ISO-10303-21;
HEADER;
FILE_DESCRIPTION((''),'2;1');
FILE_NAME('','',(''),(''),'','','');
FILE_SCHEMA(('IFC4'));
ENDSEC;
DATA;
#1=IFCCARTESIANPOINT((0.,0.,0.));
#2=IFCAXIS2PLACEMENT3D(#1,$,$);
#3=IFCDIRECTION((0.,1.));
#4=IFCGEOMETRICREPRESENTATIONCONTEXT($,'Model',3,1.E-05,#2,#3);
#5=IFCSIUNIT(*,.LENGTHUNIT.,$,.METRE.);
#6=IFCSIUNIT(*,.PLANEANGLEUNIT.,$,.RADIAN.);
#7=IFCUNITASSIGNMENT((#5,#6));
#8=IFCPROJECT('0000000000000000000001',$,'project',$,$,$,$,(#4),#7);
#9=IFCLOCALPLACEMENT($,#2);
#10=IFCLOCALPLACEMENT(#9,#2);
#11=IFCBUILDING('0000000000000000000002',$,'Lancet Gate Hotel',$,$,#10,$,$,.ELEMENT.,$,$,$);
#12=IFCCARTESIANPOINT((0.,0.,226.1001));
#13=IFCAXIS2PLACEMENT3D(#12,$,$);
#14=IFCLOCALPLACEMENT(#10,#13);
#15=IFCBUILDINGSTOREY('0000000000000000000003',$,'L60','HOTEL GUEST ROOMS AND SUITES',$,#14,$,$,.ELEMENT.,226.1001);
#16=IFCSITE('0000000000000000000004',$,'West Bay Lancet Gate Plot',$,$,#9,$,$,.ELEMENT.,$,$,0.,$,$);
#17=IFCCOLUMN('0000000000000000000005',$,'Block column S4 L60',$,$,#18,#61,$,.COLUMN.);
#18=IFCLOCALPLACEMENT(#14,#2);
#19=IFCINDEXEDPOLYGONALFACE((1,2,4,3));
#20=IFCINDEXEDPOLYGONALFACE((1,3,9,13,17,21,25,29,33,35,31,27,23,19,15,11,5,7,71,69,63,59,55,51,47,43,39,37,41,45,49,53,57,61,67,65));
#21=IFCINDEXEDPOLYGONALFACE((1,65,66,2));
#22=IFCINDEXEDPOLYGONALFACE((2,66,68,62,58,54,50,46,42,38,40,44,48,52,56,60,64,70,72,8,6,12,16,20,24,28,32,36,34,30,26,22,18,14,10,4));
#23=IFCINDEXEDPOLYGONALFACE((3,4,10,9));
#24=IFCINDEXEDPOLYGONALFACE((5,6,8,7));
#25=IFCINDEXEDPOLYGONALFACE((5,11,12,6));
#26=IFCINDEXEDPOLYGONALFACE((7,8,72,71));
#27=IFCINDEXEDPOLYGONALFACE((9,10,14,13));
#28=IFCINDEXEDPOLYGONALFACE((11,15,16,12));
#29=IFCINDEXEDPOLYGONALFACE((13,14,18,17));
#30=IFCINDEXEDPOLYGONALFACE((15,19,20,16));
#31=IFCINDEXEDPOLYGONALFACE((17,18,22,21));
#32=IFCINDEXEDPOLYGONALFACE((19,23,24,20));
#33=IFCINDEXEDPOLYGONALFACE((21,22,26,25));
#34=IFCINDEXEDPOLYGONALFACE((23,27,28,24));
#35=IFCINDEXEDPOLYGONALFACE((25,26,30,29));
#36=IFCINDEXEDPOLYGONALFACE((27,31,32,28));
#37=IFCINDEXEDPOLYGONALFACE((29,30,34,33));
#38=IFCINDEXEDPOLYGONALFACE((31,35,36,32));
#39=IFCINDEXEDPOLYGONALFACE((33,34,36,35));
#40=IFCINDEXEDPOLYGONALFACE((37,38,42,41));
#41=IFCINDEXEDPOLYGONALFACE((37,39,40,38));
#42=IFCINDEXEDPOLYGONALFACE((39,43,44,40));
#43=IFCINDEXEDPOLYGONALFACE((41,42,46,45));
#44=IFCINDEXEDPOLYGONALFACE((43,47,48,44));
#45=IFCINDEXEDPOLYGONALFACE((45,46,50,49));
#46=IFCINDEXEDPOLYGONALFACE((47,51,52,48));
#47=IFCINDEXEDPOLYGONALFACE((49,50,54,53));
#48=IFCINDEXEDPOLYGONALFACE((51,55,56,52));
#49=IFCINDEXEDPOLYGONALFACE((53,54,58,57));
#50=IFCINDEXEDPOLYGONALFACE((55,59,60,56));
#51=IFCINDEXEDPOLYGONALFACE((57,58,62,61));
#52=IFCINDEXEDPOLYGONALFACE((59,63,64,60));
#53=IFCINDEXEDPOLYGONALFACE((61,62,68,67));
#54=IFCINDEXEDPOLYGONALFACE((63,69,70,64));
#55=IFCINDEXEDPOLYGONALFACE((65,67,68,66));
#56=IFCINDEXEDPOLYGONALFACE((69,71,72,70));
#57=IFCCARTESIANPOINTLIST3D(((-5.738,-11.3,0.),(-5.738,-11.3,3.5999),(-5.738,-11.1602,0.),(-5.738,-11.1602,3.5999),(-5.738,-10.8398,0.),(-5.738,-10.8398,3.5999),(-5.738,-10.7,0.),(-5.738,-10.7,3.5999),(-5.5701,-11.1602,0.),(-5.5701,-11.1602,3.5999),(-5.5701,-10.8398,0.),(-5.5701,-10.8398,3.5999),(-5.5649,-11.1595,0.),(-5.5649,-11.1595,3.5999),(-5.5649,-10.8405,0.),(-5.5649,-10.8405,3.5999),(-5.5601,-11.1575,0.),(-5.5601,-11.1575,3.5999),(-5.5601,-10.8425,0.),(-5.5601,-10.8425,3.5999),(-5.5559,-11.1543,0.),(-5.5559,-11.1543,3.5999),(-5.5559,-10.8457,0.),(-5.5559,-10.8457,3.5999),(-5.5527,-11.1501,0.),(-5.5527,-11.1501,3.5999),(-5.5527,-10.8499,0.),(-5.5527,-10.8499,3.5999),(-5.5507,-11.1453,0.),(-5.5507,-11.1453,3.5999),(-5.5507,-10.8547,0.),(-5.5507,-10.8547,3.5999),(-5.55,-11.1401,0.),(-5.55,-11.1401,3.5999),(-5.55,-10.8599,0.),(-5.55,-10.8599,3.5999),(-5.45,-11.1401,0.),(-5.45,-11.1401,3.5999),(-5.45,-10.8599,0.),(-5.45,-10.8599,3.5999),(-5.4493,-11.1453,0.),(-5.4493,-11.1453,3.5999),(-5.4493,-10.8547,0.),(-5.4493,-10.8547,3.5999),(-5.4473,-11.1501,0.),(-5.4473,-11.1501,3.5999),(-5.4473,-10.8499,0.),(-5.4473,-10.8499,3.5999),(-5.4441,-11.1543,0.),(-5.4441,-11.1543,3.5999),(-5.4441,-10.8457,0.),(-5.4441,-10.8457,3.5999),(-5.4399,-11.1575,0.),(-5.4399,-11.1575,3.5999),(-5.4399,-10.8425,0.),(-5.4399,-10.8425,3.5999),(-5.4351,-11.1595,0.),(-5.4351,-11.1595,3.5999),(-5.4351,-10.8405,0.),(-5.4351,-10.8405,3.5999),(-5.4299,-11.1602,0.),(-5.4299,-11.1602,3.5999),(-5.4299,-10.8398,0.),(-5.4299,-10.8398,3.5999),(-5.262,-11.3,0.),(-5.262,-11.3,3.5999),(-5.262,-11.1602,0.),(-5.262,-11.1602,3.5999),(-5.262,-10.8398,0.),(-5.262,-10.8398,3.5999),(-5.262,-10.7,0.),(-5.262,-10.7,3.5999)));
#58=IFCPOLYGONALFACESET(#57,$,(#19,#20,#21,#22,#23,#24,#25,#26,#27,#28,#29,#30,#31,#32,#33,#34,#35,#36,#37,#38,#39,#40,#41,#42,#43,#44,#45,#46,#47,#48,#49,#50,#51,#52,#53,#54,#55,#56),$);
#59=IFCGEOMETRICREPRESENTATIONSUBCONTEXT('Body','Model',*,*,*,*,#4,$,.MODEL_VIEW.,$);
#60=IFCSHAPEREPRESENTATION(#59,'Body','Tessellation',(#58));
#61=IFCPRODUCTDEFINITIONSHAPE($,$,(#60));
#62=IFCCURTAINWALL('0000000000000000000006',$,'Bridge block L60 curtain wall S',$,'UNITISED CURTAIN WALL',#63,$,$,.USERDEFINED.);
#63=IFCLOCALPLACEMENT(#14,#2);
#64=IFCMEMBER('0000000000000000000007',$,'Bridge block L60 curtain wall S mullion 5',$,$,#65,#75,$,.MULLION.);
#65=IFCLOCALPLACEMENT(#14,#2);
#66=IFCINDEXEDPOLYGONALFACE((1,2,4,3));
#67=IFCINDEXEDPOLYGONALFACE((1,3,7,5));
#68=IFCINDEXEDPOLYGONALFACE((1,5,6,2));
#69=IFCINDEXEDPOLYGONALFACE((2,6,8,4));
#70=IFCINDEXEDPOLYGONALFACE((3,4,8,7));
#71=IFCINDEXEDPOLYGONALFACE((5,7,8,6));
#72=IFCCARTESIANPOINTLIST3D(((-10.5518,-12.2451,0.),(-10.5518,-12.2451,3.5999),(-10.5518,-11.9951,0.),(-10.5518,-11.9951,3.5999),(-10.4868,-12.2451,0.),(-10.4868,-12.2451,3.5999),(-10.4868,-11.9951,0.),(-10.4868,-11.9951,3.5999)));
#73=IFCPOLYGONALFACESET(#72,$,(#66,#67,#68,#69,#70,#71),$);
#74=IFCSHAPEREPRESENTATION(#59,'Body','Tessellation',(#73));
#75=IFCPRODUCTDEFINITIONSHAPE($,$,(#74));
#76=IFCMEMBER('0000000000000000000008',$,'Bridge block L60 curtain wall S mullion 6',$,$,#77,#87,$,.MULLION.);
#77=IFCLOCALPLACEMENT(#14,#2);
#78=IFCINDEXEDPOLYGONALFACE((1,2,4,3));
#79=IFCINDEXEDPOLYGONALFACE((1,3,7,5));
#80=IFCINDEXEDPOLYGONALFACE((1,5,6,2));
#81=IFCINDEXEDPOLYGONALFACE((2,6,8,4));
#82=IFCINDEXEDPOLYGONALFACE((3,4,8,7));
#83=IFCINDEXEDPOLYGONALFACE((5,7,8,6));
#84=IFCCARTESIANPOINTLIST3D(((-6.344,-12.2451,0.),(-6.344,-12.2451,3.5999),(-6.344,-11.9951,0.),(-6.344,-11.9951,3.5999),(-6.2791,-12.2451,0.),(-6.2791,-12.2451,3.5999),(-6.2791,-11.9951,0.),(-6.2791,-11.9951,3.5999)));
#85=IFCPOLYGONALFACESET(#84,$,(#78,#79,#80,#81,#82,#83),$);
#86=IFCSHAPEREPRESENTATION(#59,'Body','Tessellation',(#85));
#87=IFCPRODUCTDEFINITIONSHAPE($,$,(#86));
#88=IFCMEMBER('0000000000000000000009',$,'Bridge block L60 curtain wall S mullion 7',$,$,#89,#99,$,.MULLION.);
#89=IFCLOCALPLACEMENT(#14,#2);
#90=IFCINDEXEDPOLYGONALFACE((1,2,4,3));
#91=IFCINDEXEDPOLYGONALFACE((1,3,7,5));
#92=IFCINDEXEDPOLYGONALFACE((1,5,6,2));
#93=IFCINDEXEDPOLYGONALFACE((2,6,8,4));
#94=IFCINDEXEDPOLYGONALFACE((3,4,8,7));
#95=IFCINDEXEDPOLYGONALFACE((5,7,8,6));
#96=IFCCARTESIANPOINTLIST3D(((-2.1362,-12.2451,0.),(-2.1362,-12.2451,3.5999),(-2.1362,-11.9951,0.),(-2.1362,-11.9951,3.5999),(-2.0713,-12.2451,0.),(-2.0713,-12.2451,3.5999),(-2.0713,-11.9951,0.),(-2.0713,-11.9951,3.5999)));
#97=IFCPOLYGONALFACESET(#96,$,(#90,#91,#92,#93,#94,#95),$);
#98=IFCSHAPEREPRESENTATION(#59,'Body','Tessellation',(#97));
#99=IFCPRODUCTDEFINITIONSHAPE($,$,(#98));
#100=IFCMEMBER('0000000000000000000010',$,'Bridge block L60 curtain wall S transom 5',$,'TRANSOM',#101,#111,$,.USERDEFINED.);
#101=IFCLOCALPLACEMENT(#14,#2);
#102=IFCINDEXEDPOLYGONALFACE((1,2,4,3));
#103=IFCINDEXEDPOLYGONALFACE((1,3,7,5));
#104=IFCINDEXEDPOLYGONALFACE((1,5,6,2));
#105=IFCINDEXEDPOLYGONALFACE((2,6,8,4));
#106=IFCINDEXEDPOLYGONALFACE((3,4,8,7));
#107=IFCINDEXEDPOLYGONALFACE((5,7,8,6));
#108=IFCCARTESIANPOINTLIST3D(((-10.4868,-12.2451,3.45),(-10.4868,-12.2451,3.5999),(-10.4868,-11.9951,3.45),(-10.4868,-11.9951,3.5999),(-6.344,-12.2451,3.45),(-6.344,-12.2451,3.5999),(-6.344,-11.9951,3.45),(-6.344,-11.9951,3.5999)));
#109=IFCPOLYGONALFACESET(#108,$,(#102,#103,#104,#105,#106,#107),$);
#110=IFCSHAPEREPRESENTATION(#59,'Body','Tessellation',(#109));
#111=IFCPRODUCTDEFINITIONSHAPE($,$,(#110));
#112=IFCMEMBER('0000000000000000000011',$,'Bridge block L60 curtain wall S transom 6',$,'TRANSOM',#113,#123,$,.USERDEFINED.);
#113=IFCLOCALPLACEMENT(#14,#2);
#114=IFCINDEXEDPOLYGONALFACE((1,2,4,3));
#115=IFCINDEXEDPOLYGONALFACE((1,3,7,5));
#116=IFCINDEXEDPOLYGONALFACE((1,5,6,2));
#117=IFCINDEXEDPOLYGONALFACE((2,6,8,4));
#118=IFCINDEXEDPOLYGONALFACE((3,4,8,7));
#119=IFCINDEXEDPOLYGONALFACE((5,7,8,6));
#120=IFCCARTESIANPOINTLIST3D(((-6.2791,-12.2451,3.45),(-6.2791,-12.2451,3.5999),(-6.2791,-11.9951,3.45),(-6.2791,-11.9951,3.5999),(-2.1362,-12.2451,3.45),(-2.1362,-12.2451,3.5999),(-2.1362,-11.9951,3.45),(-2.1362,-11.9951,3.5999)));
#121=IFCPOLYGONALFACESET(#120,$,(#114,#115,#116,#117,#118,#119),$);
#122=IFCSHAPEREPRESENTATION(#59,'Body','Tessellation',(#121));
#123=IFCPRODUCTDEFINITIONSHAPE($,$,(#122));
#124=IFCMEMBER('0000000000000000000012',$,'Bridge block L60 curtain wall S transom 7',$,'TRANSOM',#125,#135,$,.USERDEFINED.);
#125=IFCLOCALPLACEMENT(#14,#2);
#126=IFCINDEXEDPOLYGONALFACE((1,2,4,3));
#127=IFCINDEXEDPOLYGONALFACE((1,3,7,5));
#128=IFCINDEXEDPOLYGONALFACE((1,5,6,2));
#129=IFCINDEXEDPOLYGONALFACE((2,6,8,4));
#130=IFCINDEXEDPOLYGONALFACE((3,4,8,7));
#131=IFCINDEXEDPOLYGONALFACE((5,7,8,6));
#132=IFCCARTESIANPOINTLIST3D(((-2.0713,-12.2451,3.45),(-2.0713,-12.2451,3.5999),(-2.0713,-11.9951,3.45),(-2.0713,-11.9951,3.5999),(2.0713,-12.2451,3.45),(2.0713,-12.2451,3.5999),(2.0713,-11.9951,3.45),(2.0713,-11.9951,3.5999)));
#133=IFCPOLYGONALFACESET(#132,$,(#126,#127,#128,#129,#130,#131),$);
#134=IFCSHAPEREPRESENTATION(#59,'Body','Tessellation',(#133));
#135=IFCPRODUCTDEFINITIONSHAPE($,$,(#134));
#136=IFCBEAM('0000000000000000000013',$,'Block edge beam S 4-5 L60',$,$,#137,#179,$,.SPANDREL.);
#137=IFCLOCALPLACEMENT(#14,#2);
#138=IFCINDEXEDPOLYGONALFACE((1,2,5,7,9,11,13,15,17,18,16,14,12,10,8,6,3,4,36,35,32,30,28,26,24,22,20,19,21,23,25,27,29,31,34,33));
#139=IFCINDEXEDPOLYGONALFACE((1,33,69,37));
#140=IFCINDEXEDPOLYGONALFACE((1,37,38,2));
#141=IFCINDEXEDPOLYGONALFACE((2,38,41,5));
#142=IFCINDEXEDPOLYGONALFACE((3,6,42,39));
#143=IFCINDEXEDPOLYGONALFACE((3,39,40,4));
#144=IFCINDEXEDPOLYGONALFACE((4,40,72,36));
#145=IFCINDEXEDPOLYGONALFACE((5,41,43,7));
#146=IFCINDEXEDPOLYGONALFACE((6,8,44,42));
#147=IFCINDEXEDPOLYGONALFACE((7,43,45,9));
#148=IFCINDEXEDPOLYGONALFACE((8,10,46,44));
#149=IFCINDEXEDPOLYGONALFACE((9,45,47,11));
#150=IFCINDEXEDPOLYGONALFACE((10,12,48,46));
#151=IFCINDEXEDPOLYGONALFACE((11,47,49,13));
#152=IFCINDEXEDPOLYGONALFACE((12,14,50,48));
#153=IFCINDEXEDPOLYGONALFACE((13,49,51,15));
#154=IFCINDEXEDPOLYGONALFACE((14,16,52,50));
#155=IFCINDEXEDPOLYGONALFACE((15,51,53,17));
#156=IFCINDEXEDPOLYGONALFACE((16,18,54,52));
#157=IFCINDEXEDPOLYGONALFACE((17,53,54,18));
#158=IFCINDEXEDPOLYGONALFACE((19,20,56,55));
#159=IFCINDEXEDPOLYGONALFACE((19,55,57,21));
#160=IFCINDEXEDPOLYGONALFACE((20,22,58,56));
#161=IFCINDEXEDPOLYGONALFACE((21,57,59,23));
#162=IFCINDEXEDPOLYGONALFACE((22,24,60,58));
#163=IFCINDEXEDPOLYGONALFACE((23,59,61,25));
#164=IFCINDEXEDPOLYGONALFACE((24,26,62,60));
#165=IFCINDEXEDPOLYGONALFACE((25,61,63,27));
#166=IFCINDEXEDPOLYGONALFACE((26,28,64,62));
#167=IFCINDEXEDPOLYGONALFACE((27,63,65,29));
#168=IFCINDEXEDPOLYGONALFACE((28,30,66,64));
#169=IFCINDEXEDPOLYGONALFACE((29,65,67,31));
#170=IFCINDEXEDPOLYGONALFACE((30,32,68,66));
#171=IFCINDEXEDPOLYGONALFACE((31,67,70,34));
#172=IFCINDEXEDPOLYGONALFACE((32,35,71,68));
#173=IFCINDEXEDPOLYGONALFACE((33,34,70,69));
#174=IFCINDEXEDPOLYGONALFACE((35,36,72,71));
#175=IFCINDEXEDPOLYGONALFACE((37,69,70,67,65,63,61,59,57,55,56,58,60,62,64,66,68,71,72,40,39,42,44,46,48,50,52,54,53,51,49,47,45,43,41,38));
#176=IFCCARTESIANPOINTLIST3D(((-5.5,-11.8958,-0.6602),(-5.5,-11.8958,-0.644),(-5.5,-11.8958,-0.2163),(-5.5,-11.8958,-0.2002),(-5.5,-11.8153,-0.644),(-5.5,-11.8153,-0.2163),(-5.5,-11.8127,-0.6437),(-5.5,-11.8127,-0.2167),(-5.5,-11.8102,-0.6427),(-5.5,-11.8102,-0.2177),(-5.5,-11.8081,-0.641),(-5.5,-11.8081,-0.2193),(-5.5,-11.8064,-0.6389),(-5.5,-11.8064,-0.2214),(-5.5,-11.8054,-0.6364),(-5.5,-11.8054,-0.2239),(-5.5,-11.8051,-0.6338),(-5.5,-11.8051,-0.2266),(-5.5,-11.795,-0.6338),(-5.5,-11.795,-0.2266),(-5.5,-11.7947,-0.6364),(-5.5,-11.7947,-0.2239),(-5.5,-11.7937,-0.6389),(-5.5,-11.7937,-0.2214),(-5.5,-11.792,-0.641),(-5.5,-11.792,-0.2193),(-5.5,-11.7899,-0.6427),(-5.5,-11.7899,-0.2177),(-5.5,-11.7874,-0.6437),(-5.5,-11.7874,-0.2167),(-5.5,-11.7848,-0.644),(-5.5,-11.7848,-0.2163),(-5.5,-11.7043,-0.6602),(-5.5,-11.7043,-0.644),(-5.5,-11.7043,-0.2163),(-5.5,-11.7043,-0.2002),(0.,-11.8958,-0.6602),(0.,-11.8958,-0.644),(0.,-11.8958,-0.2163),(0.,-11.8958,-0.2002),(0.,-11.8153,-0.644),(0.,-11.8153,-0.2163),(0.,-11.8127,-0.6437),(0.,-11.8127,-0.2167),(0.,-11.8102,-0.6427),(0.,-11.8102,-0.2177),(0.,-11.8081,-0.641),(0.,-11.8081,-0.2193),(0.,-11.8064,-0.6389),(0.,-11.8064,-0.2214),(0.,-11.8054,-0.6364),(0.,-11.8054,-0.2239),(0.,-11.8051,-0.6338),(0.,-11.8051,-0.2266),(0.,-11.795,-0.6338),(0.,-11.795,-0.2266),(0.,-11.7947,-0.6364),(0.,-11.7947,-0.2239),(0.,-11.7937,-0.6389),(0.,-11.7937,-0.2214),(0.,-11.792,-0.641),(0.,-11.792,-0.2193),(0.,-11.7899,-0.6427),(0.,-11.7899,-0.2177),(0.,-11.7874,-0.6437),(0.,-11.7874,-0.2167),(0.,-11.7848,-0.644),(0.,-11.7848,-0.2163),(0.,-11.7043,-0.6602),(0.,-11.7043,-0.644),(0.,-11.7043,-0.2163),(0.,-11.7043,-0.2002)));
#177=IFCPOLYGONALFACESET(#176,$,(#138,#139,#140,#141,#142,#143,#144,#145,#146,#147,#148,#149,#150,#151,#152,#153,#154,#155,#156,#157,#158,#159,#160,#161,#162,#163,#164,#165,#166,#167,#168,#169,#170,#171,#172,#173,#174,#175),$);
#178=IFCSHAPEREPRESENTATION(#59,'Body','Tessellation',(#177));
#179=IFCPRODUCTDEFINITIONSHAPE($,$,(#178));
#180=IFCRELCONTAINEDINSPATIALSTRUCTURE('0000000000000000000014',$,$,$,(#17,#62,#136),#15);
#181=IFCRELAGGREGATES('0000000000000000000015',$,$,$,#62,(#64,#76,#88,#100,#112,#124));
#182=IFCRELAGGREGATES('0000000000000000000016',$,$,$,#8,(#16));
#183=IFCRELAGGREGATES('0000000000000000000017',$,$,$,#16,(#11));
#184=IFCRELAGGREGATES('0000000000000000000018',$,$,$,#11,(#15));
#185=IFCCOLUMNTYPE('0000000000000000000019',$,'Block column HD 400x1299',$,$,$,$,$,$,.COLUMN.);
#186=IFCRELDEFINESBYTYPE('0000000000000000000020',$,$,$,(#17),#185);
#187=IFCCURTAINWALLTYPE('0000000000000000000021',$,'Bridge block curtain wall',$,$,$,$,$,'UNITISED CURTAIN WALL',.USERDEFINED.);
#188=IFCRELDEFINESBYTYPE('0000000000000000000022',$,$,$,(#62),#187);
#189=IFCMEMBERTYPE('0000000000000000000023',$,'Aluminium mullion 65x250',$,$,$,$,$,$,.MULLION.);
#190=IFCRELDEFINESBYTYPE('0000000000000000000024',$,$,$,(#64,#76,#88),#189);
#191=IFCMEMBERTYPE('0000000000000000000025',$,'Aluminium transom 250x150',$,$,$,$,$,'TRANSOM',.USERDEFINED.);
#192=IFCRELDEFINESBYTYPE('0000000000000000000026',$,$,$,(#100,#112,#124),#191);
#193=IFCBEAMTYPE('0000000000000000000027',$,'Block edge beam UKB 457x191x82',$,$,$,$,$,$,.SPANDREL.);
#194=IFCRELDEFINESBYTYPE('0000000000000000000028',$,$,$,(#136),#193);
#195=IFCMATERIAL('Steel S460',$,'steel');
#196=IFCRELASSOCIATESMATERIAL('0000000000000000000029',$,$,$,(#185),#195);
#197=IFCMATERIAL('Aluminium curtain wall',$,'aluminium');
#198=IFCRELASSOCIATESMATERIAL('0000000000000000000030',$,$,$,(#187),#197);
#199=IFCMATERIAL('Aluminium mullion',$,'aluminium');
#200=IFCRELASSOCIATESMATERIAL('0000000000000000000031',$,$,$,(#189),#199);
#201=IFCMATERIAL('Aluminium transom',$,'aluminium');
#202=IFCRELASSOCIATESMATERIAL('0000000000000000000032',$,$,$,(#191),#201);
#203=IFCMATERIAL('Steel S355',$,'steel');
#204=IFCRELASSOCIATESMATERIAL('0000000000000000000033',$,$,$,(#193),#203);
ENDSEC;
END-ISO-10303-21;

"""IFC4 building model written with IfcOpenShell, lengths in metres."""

from ifc_helpers import new_model, si_unit, direction, frame, origin, origin_2d, place, context, subcontext, project, spatial, rectangle, i_section, extrude, material, material_profile, profile_set, type_object, element, aggregate, save


model = new_model("IFC4")

# Units and contexts
model_context = context("Model", 3, precision=1e-05, world=origin(), true_north=direction((0.0, 1.0)))
body_context = subcontext(model_context, "Body", "Model", "MODEL_VIEW")
ifc_project = project(units=[si_unit("LENGTHUNIT", "METRE"), si_unit("PLANEANGLEUNIT", "RADIAN")], contexts=[model_context])

# Site, building, storey
site_placement = place(None, origin())
site = spatial("IfcSite", under=ifc_project, at=site_placement, Name="West Bay Lancet Gate Plot", CompositionType="ELEMENT", RefElevation=0.0)
building_placement = place(site_placement, origin())
building = spatial("IfcBuilding", under=site, at=building_placement, Name="Lancet Gate Hotel", CompositionType="ELEMENT")
storey_placement = place(building_placement, frame((0.0, 0.0, 226.1001)))
storey = spatial("IfcBuildingStorey", under=building, at=storey_placement, Name="L60", Description="HOTEL GUEST ROOMS AND SUITES", CompositionType="ELEMENT", Elevation=226.1001)

# Column
ifc_material_1 = material(Name="Steel S460", Category="steel")
ifc_material_profile_1 = material_profile(ifc_material_1, i_section(OverallWidth=0.4761, OverallDepth=0.6001, WebThickness=0.1001, FlangeThickness=0.1399, FilletRadius=0.02, at=origin_2d()), Name="HD 400x1299")
ifc_profile_set_1 = profile_set([ifc_material_profile_1], Name="Steel S460")
column_type = type_object("IfcColumnType", Name="Block column HD 400x1299", PredefinedType="COLUMN", material=ifc_profile_set_1)
column_placement = place(storey_placement, frame((-5.5, -11.0, 0.0), z_axis=(0.0, 0.0, 1.0), x_axis=(1.0, 0.0, 0.0)))
element("IfcColumn", 1, at=column_placement, inside=storey, type_object=column_type, Name="Block column S4 L60", PredefinedType="COLUMN", context=body_context, shape_type="SweptSolid", body=[
    extrude(i_section(OverallWidth=0.4761, OverallDepth=0.6001, WebThickness=0.1001, FlangeThickness=0.1399, FilletRadius=0.02, at=origin_2d()), origin(), (0.0, 0.0, 1.0), 3.5999),
])

# Curtain wall, members
ifc_material_2 = material(Name="Aluminium curtain wall", Category="aluminium")
curtain_wall_type = type_object("IfcCurtainWallType", Name="Bridge block curtain wall", ElementType="UNITISED CURTAIN WALL", PredefinedType="USERDEFINED", material=ifc_material_2)
curtain_wall_placement = place(storey_placement, origin())
curtain_wall = element("IfcCurtainWall", 2, at=curtain_wall_placement, inside=storey, type_object=curtain_wall_type, Name="Bridge block L60 curtain wall S", ObjectType="UNITISED CURTAIN WALL", PredefinedType="USERDEFINED")
ifc_material_3 = material(Name="Aluminium mullion", Category="aluminium")
ifc_material_profile_2 = material_profile(ifc_material_3, rectangle(XDim=0.0649, YDim=0.25, at=origin_2d()), Name="MULLION 65x250")
ifc_profile_set_2 = profile_set([ifc_material_profile_2], Name="Aluminium mullion")
member_type_1 = type_object("IfcMemberType", Name="Aluminium mullion 65x250", PredefinedType="MULLION", material=ifc_profile_set_2)
member_1_placement = place(storey_placement, frame((-10.5193, -12.1201, 0.0), z_axis=(0.0, 0.0, 1.0), x_axis=(1.0, 0.0, 0.0)))
member_1 = element("IfcMember", 3, at=member_1_placement, type_object=member_type_1, Name="Bridge block L60 curtain wall S mullion 5", PredefinedType="MULLION", context=body_context, shape_type="SweptSolid", body=[
    extrude(rectangle(XDim=0.0649, YDim=0.25, at=origin_2d()), origin(), (0.0, 0.0, 1.0), 3.5999),
])
member_2_placement = place(storey_placement, frame((-6.3115, -12.1201, 0.0), z_axis=(0.0, 0.0, 1.0), x_axis=(1.0, 0.0, 0.0)))
member_2 = element("IfcMember", 4, at=member_2_placement, type_object=member_type_1, Name="Bridge block L60 curtain wall S mullion 6", PredefinedType="MULLION", context=body_context, shape_type="SweptSolid", body=[
    extrude(rectangle(XDim=0.0649, YDim=0.25, at=origin_2d()), origin(), (0.0, 0.0, 1.0), 3.5999),
])
member_3_placement = place(storey_placement, frame((-2.1038, -12.1201, 0.0), z_axis=(0.0, 0.0, 1.0), x_axis=(1.0, 0.0, 0.0)))
member_3 = element("IfcMember", 5, at=member_3_placement, type_object=member_type_1, Name="Bridge block L60 curtain wall S mullion 7", PredefinedType="MULLION", context=body_context, shape_type="SweptSolid", body=[
    extrude(rectangle(XDim=0.0649, YDim=0.25, at=origin_2d()), origin(), (0.0, 0.0, 1.0), 3.5999),
])
ifc_material_4 = material(Name="Aluminium transom", Category="aluminium")
ifc_material_profile_3 = material_profile(ifc_material_4, rectangle(XDim=0.25, YDim=0.1499, at=origin_2d()), Name="TRANSOM 250x150")
ifc_profile_set_3 = profile_set([ifc_material_profile_3], Name="Aluminium transom")
member_type_2 = type_object("IfcMemberType", Name="Aluminium transom 250x150", ElementType="TRANSOM", PredefinedType="USERDEFINED", material=ifc_profile_set_3)
member_4_placement = place(storey_placement, frame((-10.4868, -12.1201, 3.5249), z_axis=(1.0, 0.0, 0.0), x_axis=(0.0, 1.0, 0.0)))
member_4 = element("IfcMember", 6, at=member_4_placement, type_object=member_type_2, Name="Bridge block L60 curtain wall S transom 5", ObjectType="TRANSOM", PredefinedType="USERDEFINED", context=body_context, shape_type="SweptSolid", body=[
    extrude(rectangle(XDim=0.25, YDim=0.1499, at=origin_2d()), origin(), (0.0, 0.0, 1.0), 4.1428),
])
member_5_placement = place(storey_placement, frame((-6.2791, -12.1201, 3.5249), z_axis=(1.0, 0.0, 0.0), x_axis=(0.0, 1.0, 0.0)))
member_5 = element("IfcMember", 7, at=member_5_placement, type_object=member_type_2, Name="Bridge block L60 curtain wall S transom 6", ObjectType="TRANSOM", PredefinedType="USERDEFINED", context=body_context, shape_type="SweptSolid", body=[
    extrude(rectangle(XDim=0.25, YDim=0.1499, at=origin_2d()), origin(), (0.0, 0.0, 1.0), 4.1428),
])
member_6_placement = place(storey_placement, frame((-2.0713, -12.1201, 3.5249), z_axis=(1.0, 0.0, 0.0), x_axis=(0.0, 1.0, 0.0)))
member_6 = element("IfcMember", 8, at=member_6_placement, type_object=member_type_2, Name="Bridge block L60 curtain wall S transom 7", ObjectType="TRANSOM", PredefinedType="USERDEFINED", context=body_context, shape_type="SweptSolid", body=[
    extrude(rectangle(XDim=0.25, YDim=0.1499, at=origin_2d()), origin(), (0.0, 0.0, 1.0), 4.1426),
])

# Beam
ifc_material_5 = material(Name="Steel S355", Category="steel")
ifc_material_profile_4 = material_profile(ifc_material_5, i_section(OverallWidth=0.1914, OverallDepth=0.46, WebThickness=0.01, FlangeThickness=0.0161, FilletRadius=0.0103, at=origin_2d()), Name="UKB 457x191x82")
ifc_profile_set_4 = profile_set([ifc_material_profile_4], Name="Steel S355")
beam_type_1 = type_object("IfcBeamType", Name="Block edge beam UKB 457x191x82", PredefinedType="SPANDREL", material=ifc_profile_set_4)
beam_1_placement = place(storey_placement, frame((-5.5, -11.8, -0.4302), z_axis=(1.0, 0.0, 0.0), x_axis=(0.0, 1.0, 0.0)))
element("IfcBeam", 9, at=beam_1_placement, inside=storey, type_object=beam_type_1, Name="Block edge beam S 4-5 L60", PredefinedType="SPANDREL", context=body_context, shape_type="SweptSolid", body=[
    extrude(i_section(OverallWidth=0.1914, OverallDepth=0.46, WebThickness=0.01, FlangeThickness=0.0161, FilletRadius=0.0103, at=origin_2d()), origin(), (0.0, 0.0, 1.0), 5.5),
])

aggregate(curtain_wall, [member_1, member_2, member_3, member_4, member_5, member_6])

save(model, "model.ifc")
